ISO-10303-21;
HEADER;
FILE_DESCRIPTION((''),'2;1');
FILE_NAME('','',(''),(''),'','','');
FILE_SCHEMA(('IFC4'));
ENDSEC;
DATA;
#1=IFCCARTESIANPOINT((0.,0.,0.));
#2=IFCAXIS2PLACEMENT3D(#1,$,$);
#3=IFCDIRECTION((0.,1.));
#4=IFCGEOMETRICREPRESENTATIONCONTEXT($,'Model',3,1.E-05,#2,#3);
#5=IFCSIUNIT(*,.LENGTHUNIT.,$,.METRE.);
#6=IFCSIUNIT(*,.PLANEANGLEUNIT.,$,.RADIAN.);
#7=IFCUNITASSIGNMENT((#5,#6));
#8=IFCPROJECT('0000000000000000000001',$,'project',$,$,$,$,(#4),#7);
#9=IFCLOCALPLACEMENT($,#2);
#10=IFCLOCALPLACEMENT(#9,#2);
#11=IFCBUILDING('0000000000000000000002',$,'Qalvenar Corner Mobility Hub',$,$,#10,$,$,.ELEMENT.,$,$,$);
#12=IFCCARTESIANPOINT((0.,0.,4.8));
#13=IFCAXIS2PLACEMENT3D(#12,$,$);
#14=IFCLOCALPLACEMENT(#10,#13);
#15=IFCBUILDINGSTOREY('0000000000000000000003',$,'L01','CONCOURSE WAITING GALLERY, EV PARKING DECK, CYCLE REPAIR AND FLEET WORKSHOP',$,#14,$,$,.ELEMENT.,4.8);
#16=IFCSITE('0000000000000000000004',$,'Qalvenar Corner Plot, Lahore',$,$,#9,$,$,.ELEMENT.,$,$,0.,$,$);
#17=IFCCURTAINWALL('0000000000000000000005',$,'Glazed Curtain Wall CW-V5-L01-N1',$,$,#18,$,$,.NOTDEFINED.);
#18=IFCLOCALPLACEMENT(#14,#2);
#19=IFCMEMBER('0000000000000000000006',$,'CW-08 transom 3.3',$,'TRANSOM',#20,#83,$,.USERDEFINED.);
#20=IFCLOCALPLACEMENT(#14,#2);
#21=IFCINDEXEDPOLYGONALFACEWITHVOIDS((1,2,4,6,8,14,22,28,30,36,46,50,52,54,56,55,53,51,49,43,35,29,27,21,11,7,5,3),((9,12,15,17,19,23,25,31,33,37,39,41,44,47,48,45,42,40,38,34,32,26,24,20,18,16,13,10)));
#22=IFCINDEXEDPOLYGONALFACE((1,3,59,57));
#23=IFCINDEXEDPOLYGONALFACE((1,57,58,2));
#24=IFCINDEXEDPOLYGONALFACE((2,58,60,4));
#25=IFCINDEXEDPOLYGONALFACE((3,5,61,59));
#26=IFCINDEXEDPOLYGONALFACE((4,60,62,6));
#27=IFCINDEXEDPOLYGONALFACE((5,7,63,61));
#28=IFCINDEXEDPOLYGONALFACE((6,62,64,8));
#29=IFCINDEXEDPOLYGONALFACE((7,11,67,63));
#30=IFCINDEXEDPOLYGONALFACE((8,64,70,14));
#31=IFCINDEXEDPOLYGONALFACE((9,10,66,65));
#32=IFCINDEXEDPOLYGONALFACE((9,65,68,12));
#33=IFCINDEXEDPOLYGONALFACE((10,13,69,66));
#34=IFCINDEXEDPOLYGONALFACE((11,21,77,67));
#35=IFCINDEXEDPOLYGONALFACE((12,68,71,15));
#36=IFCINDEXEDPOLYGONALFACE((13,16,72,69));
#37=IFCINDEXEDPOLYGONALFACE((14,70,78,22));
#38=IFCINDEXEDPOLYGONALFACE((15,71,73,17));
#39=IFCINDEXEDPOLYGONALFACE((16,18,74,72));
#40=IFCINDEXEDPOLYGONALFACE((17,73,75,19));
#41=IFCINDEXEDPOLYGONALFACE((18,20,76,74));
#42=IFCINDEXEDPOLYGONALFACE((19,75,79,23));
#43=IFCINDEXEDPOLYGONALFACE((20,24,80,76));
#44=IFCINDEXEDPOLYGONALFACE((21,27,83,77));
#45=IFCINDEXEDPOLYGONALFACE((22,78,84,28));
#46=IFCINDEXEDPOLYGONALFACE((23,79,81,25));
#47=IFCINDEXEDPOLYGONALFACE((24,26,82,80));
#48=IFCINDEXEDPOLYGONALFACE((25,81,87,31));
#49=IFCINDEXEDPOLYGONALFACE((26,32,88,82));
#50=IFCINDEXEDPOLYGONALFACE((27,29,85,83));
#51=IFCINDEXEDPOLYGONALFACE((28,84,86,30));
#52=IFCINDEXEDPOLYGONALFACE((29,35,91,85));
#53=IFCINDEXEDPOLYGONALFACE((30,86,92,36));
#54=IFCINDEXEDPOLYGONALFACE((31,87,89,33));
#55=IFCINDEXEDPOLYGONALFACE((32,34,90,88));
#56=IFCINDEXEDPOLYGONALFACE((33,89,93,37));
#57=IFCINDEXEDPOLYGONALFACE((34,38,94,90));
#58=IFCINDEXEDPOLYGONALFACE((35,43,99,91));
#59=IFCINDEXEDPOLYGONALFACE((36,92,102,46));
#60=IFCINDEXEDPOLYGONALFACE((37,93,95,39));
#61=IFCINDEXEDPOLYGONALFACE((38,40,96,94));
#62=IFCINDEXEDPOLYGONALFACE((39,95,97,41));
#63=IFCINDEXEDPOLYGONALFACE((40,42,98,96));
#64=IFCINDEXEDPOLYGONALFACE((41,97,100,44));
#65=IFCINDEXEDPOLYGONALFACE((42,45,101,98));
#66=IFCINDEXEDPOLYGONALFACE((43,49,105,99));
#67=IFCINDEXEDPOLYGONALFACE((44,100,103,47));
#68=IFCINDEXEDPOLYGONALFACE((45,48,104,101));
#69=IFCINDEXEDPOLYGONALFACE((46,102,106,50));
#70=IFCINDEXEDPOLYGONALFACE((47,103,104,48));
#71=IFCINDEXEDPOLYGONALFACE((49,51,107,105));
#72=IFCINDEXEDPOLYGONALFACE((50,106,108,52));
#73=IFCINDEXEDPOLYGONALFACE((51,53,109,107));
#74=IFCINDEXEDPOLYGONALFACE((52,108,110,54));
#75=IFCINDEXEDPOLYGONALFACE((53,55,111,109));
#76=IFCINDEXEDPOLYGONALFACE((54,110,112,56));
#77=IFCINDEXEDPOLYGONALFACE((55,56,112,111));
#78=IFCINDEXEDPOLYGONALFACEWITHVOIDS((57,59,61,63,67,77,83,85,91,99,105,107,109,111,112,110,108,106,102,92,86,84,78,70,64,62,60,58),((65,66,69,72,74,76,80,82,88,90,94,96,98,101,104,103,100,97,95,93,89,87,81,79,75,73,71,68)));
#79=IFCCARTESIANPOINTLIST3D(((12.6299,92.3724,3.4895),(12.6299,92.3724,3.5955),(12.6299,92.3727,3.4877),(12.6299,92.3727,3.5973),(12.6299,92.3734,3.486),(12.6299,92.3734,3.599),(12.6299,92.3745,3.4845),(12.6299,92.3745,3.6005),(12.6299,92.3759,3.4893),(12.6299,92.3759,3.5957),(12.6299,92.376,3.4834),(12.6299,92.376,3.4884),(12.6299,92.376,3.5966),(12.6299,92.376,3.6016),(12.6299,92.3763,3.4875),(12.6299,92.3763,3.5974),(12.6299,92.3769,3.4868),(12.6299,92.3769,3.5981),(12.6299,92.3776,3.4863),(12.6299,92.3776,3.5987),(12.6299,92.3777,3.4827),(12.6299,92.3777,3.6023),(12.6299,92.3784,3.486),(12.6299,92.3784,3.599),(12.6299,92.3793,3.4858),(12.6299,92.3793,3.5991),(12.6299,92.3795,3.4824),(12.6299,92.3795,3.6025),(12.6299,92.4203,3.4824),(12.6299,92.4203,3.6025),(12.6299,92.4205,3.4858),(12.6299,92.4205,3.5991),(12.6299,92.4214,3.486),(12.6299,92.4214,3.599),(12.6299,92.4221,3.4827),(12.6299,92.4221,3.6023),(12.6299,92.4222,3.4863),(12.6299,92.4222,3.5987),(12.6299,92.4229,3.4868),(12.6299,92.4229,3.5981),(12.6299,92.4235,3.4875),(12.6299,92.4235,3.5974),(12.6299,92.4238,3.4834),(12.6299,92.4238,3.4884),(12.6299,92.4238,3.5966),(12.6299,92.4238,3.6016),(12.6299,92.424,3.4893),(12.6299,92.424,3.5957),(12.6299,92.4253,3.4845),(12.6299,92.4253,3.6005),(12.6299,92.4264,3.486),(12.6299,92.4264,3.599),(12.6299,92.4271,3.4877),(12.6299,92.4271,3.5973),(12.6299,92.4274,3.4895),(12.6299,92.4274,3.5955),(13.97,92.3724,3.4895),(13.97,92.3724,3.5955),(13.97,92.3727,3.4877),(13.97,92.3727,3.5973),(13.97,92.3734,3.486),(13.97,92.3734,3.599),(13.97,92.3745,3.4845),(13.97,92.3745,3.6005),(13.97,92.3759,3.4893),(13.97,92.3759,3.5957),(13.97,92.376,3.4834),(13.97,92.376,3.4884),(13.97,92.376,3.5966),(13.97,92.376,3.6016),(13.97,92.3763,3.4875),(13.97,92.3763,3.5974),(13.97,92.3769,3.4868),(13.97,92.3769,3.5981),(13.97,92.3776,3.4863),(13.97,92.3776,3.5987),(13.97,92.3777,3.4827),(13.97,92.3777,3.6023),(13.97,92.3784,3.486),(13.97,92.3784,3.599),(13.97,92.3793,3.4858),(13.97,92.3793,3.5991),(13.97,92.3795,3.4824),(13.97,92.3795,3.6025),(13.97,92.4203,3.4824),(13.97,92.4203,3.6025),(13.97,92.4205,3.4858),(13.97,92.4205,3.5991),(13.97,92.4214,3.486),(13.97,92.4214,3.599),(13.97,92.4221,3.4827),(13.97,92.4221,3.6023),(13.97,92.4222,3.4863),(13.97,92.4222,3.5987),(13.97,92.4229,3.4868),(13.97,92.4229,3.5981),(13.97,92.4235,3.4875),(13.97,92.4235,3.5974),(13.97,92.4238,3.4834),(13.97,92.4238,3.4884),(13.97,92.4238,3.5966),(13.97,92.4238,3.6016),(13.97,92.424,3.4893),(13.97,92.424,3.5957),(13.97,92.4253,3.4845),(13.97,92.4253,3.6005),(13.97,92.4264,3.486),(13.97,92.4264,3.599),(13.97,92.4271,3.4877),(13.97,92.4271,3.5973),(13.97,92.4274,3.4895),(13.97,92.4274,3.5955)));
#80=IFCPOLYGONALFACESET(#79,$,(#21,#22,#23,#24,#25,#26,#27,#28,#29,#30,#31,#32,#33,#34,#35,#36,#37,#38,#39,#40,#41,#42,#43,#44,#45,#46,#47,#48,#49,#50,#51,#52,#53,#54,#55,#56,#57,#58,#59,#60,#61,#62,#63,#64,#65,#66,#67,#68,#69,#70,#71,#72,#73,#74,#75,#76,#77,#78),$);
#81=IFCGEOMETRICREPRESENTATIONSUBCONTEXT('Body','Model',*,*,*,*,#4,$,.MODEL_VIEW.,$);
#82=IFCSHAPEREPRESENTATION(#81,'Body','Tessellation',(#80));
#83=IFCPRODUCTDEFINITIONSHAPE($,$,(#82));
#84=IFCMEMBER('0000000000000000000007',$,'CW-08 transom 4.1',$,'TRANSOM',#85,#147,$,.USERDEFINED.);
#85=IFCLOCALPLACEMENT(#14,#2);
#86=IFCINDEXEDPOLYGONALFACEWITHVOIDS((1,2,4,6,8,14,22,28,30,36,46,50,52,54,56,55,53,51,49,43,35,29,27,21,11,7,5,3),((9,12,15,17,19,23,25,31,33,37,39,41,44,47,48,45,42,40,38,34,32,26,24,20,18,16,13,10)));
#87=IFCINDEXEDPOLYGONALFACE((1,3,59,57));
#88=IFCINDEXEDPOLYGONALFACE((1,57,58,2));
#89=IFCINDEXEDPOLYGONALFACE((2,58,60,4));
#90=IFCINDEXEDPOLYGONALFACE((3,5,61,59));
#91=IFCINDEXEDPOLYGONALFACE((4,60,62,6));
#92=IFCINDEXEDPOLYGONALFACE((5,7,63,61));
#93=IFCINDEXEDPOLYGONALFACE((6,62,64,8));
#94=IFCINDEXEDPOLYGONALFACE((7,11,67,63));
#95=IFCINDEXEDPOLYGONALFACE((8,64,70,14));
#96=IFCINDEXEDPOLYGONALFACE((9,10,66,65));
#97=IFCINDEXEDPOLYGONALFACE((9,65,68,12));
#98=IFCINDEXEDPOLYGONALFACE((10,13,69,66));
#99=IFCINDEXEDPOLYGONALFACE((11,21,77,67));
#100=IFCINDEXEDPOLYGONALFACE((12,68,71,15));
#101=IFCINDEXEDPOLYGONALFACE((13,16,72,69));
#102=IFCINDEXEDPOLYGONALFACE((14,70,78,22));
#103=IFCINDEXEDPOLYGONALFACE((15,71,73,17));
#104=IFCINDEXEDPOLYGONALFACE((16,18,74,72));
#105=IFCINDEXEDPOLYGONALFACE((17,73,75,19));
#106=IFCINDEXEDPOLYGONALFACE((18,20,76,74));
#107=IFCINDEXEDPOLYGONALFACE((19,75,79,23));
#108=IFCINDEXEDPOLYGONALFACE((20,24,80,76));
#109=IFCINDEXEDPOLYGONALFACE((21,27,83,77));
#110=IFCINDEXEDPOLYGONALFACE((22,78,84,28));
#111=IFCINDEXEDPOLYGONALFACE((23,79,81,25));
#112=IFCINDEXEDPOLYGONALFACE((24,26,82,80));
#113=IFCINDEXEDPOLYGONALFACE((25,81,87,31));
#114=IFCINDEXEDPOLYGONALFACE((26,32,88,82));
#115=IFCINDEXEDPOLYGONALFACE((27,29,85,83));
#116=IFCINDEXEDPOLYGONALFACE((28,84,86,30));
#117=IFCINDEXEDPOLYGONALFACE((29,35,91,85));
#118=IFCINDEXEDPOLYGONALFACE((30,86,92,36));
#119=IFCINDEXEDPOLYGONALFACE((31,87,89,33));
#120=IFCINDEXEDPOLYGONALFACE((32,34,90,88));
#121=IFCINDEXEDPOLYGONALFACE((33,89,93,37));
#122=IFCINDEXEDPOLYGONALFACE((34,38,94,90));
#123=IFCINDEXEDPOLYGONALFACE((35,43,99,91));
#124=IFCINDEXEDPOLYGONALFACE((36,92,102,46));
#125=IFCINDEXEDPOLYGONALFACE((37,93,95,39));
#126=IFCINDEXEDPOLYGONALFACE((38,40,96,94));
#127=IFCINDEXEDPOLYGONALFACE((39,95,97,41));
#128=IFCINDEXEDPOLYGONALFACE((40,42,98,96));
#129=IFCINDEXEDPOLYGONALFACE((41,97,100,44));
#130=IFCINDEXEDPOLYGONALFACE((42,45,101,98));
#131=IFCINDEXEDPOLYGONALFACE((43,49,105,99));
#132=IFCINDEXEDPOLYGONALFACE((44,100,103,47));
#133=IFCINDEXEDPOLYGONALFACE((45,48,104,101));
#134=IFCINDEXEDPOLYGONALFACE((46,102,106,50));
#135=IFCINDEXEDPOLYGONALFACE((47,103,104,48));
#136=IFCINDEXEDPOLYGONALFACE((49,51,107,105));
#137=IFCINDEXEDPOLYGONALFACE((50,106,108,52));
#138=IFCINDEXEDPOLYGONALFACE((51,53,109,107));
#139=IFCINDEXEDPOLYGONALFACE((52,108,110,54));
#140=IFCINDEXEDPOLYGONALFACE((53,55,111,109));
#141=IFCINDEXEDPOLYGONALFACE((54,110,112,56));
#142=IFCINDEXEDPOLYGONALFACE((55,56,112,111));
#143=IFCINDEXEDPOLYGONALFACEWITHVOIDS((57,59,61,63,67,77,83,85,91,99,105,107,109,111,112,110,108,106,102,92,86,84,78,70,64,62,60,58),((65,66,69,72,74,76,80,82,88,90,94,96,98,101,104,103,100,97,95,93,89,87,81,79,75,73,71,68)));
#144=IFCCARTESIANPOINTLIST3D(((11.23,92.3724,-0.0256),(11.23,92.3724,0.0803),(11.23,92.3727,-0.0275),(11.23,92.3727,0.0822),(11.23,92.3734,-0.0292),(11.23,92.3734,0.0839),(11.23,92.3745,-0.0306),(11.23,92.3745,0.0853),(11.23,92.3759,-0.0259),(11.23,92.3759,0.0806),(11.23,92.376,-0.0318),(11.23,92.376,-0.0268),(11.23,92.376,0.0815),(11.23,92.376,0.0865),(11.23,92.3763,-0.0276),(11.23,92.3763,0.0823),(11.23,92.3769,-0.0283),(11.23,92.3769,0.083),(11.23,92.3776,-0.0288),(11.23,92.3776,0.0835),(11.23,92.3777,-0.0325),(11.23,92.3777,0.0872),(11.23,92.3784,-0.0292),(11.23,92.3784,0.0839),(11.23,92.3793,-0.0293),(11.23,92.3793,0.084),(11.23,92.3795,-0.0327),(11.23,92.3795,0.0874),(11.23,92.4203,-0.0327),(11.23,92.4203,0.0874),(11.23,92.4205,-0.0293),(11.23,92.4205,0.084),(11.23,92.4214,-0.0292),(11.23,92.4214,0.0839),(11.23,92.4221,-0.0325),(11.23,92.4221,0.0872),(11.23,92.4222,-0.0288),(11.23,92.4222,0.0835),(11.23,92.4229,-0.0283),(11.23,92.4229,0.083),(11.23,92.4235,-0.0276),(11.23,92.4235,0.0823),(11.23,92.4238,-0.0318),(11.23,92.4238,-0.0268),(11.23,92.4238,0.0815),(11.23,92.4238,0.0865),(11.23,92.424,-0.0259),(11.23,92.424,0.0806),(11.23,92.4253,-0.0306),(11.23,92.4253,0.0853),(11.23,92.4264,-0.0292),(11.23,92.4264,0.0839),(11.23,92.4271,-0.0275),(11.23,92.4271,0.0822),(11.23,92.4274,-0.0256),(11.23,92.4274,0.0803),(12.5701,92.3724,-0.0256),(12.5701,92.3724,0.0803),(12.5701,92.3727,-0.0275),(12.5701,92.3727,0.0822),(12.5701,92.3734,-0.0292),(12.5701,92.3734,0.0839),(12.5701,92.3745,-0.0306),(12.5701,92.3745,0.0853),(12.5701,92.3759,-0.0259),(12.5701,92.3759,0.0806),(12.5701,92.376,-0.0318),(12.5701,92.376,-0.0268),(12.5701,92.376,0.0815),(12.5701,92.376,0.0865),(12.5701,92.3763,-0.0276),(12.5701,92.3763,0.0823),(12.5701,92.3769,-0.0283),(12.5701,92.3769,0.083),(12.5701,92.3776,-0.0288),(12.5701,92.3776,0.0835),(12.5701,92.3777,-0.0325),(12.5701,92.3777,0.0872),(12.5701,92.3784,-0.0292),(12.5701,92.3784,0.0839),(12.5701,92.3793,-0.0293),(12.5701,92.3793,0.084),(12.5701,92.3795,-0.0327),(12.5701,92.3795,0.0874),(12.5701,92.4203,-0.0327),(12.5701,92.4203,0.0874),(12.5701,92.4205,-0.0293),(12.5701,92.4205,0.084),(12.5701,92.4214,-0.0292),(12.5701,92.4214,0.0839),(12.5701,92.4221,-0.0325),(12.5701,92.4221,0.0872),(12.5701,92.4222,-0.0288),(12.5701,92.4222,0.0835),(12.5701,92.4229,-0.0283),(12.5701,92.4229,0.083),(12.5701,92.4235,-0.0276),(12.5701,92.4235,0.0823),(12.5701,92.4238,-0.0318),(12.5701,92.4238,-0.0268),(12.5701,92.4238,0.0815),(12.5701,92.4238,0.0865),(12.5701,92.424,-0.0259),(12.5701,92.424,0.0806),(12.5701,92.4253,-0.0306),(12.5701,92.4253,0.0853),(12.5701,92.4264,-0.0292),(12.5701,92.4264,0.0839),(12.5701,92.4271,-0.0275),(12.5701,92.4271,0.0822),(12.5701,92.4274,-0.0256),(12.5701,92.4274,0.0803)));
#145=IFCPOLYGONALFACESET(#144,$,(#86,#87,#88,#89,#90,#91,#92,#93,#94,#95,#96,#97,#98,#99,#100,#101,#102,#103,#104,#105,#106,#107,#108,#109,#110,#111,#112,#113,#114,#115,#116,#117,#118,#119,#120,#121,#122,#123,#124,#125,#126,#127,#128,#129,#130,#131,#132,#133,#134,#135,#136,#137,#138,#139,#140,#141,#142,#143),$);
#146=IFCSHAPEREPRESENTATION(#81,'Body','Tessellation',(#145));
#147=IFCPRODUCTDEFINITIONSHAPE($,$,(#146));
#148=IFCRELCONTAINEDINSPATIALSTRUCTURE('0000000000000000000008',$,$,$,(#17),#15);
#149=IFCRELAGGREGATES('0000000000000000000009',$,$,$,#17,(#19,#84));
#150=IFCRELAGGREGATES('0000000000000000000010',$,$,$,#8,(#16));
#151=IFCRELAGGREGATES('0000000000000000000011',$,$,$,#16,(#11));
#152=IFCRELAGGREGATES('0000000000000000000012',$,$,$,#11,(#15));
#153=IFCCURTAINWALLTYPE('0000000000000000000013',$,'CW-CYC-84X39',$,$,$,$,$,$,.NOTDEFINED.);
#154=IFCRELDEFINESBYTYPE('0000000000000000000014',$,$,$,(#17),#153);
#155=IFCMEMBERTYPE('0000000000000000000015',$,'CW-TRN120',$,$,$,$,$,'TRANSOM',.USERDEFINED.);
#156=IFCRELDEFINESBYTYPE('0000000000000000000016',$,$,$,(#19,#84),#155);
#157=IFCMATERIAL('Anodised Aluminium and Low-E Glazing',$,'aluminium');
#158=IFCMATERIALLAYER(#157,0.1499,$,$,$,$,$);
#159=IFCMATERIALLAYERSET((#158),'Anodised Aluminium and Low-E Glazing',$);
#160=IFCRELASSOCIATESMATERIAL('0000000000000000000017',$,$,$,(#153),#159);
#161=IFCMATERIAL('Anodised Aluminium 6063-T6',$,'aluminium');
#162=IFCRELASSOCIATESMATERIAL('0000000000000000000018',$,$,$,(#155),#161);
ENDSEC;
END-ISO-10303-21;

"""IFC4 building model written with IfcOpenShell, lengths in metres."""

from ifc_helpers import new_model, si_unit, direction, frame, origin, origin_2d, place, context, subcontext, project, spatial, hollow_rectangle, extrude, material, layer, layer_set, material_profile, profile_set, type_object, element, aggregate, save


model = new_model("IFC4")

# Units and contexts
model_context = context("Model", 3, precision=1e-05, world=origin(), true_north=direction((0.0, 1.0)))
body_context = subcontext(model_context, "Body", "Model", "MODEL_VIEW")
ifc_project = project(units=[si_unit("LENGTHUNIT", "METRE"), si_unit("PLANEANGLEUNIT", "RADIAN")], contexts=[model_context])

# Site, building, storey
site_placement = place(None, origin())
site = spatial("IfcSite", under=ifc_project, at=site_placement, Name="Qalvenar Corner Plot, Lahore", CompositionType="ELEMENT", RefElevation=0.0)
building_placement = place(site_placement, origin())
building = spatial("IfcBuilding", under=site, at=building_placement, Name="Qalvenar Corner Mobility Hub", CompositionType="ELEMENT")
storey_placement = place(building_placement, frame((0.0, 0.0, 4.8)))
storey = spatial("IfcBuildingStorey", under=building, at=storey_placement, Name="L01", Description="CONCOURSE WAITING GALLERY, EV PARKING DECK, CYCLE REPAIR AND FLEET WORKSHOP", CompositionType="ELEMENT", Elevation=4.8)

# Curtain wall
ifc_material_1 = material(Name="Anodised Aluminium and Low-E Glazing", Category="aluminium")
ifc_layer_1 = layer(ifc_material_1, 0.1499)
ifc_layer_set_1 = layer_set([ifc_layer_1], Name="Anodised Aluminium and Low-E Glazing")
curtain_wall_type = type_object("IfcCurtainWallType", Name="CW-CYC-84X39", PredefinedType="NOTDEFINED", material=ifc_layer_set_1)
curtain_wall_1_placement = place(storey_placement, origin())
curtain_wall_1 = element("IfcCurtainWall", 1, at=curtain_wall_1_placement, inside=storey, type_object=curtain_wall_type, Name="Glazed Curtain Wall CW-V5-L01-N1", PredefinedType="NOTDEFINED")
ifc_material_2 = material(Name="Anodised Aluminium 6063-T6", Category="aluminium")

# Members
ifc_material_profile_1 = material_profile(ifc_material_2, hollow_rectangle(XDim=0.0549, YDim=0.1201, WallThickness=0.0034, InnerFilletRadius=0.0034, OuterFilletRadius=0.0071, at=origin_2d()), Name="RHS120x55x3.5")
ifc_profile_set_1 = profile_set([ifc_material_profile_1], Name="Anodised Aluminium 6063-T6")
member_type_1 = type_object("IfcMemberType", Name="CW-TRN120", ElementType="TRANSOM", PredefinedType="USERDEFINED", material=ifc_profile_set_1)
member_1_placement = place(storey_placement, frame((13.97, 92.3999, 3.5425), z_axis=(-1.0, 0.0, 0.0), x_axis=(0.0, -1.0, 0.0)))
member_1 = element("IfcMember", 2, at=member_1_placement, type_object=member_type_1, Name="CW-08 transom 3.3", ObjectType="TRANSOM", PredefinedType="USERDEFINED", context=body_context, shape_type="SweptSolid", body=[
    extrude(hollow_rectangle(XDim=0.0549, YDim=0.1201, WallThickness=0.0034, InnerFilletRadius=0.0034, OuterFilletRadius=0.0071, at=origin_2d()), origin(), (0.0, 0.0, 1.0), 1.3401),
])
member_2_placement = place(storey_placement, frame((12.5701, 92.3999, 0.0273), z_axis=(-1.0, 0.0, 0.0), x_axis=(0.0, -1.0, 0.0)))
member_2 = element("IfcMember", 3, at=member_2_placement, type_object=member_type_1, Name="CW-08 transom 4.1", ObjectType="TRANSOM", PredefinedType="USERDEFINED", context=body_context, shape_type="SweptSolid", body=[
    extrude(hollow_rectangle(XDim=0.0549, YDim=0.1201, WallThickness=0.0034, InnerFilletRadius=0.0034, OuterFilletRadius=0.0071, at=origin_2d()), origin(), (0.0, 0.0, 1.0), 1.3401),
])

aggregate(curtain_wall_1, [member_1, member_2])

save(model, "model.ifc")
